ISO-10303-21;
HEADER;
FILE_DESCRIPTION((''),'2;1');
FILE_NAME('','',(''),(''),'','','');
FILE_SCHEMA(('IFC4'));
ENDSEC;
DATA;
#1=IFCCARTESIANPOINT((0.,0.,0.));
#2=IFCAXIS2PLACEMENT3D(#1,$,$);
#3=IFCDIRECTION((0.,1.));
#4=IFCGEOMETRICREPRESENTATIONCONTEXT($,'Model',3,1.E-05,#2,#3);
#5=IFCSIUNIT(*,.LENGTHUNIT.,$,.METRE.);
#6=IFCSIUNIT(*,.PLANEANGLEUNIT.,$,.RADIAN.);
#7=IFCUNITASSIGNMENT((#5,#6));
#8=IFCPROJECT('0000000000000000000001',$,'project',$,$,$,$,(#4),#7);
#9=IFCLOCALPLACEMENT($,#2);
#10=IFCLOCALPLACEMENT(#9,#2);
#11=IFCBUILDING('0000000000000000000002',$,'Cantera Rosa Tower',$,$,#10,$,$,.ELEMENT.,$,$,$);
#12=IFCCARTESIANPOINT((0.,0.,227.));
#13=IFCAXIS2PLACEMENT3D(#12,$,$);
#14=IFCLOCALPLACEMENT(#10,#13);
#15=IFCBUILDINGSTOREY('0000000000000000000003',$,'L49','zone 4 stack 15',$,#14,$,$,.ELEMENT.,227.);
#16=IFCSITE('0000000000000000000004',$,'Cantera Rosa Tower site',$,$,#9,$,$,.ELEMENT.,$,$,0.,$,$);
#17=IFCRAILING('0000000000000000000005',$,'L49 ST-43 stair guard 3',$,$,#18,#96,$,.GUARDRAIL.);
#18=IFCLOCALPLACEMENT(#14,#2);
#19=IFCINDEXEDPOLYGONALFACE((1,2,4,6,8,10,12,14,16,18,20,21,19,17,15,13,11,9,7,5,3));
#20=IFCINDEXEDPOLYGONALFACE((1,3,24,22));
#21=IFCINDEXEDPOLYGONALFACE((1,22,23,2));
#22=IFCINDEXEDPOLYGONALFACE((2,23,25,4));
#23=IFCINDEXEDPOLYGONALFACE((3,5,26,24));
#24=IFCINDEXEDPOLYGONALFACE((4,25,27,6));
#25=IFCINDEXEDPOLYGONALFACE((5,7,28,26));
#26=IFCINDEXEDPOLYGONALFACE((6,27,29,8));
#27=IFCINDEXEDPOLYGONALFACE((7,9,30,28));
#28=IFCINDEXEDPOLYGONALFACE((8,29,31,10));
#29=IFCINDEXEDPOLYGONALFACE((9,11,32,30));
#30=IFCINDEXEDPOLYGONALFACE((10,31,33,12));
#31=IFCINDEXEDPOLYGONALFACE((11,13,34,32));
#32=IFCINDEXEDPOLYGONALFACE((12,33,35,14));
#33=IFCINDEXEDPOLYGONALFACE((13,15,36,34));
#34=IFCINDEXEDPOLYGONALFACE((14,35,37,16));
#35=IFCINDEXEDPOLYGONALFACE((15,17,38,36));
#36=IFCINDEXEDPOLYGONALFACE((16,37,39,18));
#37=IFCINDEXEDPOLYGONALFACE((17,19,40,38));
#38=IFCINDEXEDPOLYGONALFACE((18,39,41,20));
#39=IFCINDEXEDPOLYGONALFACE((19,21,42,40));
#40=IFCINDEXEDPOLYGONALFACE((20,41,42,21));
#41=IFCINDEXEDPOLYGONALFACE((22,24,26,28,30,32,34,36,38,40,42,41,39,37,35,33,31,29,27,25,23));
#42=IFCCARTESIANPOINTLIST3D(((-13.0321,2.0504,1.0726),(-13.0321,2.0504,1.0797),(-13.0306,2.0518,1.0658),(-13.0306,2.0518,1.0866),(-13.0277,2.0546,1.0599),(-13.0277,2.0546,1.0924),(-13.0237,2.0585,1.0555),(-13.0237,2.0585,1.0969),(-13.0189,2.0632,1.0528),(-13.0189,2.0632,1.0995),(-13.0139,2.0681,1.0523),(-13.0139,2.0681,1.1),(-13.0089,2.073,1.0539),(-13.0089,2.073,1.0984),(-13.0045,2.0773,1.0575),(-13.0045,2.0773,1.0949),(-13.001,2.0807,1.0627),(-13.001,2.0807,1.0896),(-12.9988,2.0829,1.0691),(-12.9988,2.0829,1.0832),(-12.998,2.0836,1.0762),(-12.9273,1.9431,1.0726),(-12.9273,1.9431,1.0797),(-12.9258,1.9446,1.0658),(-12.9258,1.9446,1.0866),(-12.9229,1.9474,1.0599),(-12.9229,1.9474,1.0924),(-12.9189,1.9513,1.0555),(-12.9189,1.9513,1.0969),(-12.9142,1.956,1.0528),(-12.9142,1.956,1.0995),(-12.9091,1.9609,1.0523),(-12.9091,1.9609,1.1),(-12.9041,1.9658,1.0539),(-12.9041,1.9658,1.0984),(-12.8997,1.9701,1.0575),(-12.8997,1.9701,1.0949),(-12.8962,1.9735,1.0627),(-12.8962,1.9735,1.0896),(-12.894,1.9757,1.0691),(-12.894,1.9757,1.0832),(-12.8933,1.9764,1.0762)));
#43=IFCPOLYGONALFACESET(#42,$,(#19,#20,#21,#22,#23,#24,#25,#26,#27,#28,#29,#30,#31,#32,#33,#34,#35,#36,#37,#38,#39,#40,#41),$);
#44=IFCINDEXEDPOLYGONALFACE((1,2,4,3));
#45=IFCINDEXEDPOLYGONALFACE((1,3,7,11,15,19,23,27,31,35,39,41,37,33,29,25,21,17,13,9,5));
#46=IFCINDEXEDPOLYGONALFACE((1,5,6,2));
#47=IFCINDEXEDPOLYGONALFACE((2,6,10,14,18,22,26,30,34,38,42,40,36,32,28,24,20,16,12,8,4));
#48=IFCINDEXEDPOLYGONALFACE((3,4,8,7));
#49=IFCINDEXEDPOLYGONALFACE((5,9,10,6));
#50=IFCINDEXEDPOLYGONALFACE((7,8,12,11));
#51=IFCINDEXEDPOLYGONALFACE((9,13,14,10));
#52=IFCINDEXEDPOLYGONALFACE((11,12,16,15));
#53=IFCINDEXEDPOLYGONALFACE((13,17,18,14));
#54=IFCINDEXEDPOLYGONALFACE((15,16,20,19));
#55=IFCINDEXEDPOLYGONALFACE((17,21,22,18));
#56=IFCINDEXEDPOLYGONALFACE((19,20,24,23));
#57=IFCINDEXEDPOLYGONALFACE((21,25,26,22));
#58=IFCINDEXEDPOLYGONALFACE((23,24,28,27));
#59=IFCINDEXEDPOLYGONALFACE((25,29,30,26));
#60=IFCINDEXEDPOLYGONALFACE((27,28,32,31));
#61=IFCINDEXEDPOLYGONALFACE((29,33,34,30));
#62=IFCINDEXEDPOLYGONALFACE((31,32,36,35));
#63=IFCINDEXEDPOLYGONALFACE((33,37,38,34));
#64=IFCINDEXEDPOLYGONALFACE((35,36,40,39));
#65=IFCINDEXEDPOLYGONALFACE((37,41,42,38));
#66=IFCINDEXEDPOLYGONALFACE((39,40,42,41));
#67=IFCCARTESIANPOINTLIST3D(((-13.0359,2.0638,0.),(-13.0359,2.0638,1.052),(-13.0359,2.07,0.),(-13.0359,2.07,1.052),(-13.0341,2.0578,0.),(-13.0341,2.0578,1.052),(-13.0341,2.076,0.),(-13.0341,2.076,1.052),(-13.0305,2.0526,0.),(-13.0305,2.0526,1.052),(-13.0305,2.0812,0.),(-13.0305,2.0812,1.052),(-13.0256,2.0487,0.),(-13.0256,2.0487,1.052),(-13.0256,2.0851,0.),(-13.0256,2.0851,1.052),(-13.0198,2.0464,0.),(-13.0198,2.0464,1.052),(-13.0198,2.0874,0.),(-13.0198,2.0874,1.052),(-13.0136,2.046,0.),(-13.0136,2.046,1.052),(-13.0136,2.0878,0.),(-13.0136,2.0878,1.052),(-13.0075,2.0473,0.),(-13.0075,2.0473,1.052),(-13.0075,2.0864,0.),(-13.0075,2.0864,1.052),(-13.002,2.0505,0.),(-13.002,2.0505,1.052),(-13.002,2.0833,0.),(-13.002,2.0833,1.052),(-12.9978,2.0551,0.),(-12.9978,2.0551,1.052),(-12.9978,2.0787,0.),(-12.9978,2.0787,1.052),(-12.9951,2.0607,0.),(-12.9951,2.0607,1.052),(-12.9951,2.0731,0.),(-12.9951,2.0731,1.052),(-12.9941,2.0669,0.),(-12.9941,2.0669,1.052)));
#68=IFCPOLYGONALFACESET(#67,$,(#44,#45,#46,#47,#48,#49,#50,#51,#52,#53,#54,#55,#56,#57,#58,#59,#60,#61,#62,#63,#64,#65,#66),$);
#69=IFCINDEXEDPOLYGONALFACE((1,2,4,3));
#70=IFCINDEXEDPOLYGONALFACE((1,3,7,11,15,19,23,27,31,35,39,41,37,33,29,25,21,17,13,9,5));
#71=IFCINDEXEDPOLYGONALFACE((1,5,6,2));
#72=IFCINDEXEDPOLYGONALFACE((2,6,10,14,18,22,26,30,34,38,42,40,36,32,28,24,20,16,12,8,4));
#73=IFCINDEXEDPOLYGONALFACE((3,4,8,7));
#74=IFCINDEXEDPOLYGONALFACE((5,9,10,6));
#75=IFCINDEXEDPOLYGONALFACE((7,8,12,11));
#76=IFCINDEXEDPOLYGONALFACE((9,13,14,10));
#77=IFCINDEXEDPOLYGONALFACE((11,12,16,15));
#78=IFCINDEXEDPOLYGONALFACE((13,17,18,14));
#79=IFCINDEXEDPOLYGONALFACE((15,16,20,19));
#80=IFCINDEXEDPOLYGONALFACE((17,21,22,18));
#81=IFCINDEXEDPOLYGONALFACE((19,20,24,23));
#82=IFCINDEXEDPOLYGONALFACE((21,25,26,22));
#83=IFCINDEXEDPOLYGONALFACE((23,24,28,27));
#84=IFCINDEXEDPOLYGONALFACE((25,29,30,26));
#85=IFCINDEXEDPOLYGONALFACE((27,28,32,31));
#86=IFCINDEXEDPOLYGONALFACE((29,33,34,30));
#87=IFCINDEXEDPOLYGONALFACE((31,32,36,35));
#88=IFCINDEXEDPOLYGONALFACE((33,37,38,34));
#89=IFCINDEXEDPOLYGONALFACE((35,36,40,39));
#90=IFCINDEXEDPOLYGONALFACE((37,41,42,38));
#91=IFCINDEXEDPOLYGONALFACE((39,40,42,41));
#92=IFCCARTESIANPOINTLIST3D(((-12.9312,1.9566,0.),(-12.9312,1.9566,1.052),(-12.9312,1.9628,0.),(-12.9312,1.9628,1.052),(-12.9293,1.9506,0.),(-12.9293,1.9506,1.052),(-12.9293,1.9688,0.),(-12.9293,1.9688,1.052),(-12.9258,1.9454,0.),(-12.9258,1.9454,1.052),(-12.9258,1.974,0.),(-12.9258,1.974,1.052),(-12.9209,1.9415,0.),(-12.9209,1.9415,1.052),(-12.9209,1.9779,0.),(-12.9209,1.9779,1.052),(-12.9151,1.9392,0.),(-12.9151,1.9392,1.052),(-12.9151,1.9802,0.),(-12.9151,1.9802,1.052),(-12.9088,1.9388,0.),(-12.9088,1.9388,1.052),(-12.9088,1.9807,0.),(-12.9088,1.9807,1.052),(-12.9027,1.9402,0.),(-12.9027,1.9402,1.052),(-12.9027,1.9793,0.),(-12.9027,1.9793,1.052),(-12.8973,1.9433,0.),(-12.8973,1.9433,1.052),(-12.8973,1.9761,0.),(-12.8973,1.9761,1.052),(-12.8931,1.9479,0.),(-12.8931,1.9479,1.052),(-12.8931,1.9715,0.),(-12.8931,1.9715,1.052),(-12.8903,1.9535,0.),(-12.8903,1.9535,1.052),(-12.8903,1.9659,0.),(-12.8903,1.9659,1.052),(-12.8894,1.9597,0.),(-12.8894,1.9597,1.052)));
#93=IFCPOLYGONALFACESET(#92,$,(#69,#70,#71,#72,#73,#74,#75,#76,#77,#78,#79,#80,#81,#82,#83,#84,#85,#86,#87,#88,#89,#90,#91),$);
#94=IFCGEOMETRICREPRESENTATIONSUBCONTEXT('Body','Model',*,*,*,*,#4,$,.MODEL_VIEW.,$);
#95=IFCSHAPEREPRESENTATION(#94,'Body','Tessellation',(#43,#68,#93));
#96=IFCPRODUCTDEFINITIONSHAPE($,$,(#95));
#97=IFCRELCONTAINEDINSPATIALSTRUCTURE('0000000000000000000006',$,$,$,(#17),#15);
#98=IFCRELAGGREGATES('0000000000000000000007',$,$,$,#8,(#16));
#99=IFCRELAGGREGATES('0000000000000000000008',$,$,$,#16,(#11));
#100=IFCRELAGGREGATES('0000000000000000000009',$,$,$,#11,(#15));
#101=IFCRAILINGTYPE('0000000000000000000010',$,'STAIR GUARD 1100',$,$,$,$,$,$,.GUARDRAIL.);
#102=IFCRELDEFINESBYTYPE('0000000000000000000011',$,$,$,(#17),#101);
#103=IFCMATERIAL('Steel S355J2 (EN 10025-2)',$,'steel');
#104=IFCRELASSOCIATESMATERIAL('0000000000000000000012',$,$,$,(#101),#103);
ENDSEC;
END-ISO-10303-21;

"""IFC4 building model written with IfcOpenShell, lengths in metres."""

from ifc_helpers import new_model, si_unit, direction, frame, origin, origin_2d, place, context, subcontext, project, spatial, circle, extrude, material, type_object, element, save


model = new_model("IFC4")

# Units and contexts
model_context = context("Model", 3, precision=1e-05, world=origin(), true_north=direction((0.0, 1.0)))
body_context = subcontext(model_context, "Body", "Model", "MODEL_VIEW")
ifc_project = project(units=[si_unit("LENGTHUNIT", "METRE"), si_unit("PLANEANGLEUNIT", "RADIAN")], contexts=[model_context])

# Site, building, storey
site_placement = place(None, origin())
site = spatial("IfcSite", under=ifc_project, at=site_placement, Name="Cantera Rosa Tower site", CompositionType="ELEMENT", RefElevation=0.0)
building_placement = place(site_placement, origin())
building = spatial("IfcBuilding", under=site, at=building_placement, Name="Cantera Rosa Tower", CompositionType="ELEMENT")
storey_placement = place(building_placement, frame((0.0, 0.0, 227.0)))
storey = spatial("IfcBuildingStorey", under=building, at=storey_placement, Name="L49", Description="zone 4 stack 15", CompositionType="ELEMENT", Elevation=227.0)

# Railing
ifc_material_1 = material(Name="Steel S355J2 (EN 10025-2)", Category="steel")
railing_type_1 = type_object("IfcRailingType", Name="STAIR GUARD 1100", PredefinedType="GUARDRAIL", material=ifc_material_1)
railing_1_placement = place(storey_placement, frame((-13.0151, 2.0669, 0.0)))
element("IfcRailing", 1, at=railing_1_placement, inside=storey, type_object=railing_type_1, Name="L49 ST-43 stair guard 3", PredefinedType="GUARDRAIL", context=body_context, shape_type="SweptSolid", body=[
    extrude(circle(Radius=0.0239, at=origin_2d()), frame((0.0, 0.0, 1.0762), z_axis=(0.698914, -0.715206, 0.0), x_axis=(0.715206, 0.698914, 0.0)), (0.0, 0.0, 1.0), 0.1499),
    extrude(circle(Radius=0.021, at=origin_2d()), origin(), (0.0, 0.0, 1.0), 1.052),
    extrude(circle(Radius=0.021, at=origin_2d()), frame((0.1047, -0.1072, 0.0)), (0.0, 0.0, 1.0), 1.052),
])

save(model, "model.ifc")
